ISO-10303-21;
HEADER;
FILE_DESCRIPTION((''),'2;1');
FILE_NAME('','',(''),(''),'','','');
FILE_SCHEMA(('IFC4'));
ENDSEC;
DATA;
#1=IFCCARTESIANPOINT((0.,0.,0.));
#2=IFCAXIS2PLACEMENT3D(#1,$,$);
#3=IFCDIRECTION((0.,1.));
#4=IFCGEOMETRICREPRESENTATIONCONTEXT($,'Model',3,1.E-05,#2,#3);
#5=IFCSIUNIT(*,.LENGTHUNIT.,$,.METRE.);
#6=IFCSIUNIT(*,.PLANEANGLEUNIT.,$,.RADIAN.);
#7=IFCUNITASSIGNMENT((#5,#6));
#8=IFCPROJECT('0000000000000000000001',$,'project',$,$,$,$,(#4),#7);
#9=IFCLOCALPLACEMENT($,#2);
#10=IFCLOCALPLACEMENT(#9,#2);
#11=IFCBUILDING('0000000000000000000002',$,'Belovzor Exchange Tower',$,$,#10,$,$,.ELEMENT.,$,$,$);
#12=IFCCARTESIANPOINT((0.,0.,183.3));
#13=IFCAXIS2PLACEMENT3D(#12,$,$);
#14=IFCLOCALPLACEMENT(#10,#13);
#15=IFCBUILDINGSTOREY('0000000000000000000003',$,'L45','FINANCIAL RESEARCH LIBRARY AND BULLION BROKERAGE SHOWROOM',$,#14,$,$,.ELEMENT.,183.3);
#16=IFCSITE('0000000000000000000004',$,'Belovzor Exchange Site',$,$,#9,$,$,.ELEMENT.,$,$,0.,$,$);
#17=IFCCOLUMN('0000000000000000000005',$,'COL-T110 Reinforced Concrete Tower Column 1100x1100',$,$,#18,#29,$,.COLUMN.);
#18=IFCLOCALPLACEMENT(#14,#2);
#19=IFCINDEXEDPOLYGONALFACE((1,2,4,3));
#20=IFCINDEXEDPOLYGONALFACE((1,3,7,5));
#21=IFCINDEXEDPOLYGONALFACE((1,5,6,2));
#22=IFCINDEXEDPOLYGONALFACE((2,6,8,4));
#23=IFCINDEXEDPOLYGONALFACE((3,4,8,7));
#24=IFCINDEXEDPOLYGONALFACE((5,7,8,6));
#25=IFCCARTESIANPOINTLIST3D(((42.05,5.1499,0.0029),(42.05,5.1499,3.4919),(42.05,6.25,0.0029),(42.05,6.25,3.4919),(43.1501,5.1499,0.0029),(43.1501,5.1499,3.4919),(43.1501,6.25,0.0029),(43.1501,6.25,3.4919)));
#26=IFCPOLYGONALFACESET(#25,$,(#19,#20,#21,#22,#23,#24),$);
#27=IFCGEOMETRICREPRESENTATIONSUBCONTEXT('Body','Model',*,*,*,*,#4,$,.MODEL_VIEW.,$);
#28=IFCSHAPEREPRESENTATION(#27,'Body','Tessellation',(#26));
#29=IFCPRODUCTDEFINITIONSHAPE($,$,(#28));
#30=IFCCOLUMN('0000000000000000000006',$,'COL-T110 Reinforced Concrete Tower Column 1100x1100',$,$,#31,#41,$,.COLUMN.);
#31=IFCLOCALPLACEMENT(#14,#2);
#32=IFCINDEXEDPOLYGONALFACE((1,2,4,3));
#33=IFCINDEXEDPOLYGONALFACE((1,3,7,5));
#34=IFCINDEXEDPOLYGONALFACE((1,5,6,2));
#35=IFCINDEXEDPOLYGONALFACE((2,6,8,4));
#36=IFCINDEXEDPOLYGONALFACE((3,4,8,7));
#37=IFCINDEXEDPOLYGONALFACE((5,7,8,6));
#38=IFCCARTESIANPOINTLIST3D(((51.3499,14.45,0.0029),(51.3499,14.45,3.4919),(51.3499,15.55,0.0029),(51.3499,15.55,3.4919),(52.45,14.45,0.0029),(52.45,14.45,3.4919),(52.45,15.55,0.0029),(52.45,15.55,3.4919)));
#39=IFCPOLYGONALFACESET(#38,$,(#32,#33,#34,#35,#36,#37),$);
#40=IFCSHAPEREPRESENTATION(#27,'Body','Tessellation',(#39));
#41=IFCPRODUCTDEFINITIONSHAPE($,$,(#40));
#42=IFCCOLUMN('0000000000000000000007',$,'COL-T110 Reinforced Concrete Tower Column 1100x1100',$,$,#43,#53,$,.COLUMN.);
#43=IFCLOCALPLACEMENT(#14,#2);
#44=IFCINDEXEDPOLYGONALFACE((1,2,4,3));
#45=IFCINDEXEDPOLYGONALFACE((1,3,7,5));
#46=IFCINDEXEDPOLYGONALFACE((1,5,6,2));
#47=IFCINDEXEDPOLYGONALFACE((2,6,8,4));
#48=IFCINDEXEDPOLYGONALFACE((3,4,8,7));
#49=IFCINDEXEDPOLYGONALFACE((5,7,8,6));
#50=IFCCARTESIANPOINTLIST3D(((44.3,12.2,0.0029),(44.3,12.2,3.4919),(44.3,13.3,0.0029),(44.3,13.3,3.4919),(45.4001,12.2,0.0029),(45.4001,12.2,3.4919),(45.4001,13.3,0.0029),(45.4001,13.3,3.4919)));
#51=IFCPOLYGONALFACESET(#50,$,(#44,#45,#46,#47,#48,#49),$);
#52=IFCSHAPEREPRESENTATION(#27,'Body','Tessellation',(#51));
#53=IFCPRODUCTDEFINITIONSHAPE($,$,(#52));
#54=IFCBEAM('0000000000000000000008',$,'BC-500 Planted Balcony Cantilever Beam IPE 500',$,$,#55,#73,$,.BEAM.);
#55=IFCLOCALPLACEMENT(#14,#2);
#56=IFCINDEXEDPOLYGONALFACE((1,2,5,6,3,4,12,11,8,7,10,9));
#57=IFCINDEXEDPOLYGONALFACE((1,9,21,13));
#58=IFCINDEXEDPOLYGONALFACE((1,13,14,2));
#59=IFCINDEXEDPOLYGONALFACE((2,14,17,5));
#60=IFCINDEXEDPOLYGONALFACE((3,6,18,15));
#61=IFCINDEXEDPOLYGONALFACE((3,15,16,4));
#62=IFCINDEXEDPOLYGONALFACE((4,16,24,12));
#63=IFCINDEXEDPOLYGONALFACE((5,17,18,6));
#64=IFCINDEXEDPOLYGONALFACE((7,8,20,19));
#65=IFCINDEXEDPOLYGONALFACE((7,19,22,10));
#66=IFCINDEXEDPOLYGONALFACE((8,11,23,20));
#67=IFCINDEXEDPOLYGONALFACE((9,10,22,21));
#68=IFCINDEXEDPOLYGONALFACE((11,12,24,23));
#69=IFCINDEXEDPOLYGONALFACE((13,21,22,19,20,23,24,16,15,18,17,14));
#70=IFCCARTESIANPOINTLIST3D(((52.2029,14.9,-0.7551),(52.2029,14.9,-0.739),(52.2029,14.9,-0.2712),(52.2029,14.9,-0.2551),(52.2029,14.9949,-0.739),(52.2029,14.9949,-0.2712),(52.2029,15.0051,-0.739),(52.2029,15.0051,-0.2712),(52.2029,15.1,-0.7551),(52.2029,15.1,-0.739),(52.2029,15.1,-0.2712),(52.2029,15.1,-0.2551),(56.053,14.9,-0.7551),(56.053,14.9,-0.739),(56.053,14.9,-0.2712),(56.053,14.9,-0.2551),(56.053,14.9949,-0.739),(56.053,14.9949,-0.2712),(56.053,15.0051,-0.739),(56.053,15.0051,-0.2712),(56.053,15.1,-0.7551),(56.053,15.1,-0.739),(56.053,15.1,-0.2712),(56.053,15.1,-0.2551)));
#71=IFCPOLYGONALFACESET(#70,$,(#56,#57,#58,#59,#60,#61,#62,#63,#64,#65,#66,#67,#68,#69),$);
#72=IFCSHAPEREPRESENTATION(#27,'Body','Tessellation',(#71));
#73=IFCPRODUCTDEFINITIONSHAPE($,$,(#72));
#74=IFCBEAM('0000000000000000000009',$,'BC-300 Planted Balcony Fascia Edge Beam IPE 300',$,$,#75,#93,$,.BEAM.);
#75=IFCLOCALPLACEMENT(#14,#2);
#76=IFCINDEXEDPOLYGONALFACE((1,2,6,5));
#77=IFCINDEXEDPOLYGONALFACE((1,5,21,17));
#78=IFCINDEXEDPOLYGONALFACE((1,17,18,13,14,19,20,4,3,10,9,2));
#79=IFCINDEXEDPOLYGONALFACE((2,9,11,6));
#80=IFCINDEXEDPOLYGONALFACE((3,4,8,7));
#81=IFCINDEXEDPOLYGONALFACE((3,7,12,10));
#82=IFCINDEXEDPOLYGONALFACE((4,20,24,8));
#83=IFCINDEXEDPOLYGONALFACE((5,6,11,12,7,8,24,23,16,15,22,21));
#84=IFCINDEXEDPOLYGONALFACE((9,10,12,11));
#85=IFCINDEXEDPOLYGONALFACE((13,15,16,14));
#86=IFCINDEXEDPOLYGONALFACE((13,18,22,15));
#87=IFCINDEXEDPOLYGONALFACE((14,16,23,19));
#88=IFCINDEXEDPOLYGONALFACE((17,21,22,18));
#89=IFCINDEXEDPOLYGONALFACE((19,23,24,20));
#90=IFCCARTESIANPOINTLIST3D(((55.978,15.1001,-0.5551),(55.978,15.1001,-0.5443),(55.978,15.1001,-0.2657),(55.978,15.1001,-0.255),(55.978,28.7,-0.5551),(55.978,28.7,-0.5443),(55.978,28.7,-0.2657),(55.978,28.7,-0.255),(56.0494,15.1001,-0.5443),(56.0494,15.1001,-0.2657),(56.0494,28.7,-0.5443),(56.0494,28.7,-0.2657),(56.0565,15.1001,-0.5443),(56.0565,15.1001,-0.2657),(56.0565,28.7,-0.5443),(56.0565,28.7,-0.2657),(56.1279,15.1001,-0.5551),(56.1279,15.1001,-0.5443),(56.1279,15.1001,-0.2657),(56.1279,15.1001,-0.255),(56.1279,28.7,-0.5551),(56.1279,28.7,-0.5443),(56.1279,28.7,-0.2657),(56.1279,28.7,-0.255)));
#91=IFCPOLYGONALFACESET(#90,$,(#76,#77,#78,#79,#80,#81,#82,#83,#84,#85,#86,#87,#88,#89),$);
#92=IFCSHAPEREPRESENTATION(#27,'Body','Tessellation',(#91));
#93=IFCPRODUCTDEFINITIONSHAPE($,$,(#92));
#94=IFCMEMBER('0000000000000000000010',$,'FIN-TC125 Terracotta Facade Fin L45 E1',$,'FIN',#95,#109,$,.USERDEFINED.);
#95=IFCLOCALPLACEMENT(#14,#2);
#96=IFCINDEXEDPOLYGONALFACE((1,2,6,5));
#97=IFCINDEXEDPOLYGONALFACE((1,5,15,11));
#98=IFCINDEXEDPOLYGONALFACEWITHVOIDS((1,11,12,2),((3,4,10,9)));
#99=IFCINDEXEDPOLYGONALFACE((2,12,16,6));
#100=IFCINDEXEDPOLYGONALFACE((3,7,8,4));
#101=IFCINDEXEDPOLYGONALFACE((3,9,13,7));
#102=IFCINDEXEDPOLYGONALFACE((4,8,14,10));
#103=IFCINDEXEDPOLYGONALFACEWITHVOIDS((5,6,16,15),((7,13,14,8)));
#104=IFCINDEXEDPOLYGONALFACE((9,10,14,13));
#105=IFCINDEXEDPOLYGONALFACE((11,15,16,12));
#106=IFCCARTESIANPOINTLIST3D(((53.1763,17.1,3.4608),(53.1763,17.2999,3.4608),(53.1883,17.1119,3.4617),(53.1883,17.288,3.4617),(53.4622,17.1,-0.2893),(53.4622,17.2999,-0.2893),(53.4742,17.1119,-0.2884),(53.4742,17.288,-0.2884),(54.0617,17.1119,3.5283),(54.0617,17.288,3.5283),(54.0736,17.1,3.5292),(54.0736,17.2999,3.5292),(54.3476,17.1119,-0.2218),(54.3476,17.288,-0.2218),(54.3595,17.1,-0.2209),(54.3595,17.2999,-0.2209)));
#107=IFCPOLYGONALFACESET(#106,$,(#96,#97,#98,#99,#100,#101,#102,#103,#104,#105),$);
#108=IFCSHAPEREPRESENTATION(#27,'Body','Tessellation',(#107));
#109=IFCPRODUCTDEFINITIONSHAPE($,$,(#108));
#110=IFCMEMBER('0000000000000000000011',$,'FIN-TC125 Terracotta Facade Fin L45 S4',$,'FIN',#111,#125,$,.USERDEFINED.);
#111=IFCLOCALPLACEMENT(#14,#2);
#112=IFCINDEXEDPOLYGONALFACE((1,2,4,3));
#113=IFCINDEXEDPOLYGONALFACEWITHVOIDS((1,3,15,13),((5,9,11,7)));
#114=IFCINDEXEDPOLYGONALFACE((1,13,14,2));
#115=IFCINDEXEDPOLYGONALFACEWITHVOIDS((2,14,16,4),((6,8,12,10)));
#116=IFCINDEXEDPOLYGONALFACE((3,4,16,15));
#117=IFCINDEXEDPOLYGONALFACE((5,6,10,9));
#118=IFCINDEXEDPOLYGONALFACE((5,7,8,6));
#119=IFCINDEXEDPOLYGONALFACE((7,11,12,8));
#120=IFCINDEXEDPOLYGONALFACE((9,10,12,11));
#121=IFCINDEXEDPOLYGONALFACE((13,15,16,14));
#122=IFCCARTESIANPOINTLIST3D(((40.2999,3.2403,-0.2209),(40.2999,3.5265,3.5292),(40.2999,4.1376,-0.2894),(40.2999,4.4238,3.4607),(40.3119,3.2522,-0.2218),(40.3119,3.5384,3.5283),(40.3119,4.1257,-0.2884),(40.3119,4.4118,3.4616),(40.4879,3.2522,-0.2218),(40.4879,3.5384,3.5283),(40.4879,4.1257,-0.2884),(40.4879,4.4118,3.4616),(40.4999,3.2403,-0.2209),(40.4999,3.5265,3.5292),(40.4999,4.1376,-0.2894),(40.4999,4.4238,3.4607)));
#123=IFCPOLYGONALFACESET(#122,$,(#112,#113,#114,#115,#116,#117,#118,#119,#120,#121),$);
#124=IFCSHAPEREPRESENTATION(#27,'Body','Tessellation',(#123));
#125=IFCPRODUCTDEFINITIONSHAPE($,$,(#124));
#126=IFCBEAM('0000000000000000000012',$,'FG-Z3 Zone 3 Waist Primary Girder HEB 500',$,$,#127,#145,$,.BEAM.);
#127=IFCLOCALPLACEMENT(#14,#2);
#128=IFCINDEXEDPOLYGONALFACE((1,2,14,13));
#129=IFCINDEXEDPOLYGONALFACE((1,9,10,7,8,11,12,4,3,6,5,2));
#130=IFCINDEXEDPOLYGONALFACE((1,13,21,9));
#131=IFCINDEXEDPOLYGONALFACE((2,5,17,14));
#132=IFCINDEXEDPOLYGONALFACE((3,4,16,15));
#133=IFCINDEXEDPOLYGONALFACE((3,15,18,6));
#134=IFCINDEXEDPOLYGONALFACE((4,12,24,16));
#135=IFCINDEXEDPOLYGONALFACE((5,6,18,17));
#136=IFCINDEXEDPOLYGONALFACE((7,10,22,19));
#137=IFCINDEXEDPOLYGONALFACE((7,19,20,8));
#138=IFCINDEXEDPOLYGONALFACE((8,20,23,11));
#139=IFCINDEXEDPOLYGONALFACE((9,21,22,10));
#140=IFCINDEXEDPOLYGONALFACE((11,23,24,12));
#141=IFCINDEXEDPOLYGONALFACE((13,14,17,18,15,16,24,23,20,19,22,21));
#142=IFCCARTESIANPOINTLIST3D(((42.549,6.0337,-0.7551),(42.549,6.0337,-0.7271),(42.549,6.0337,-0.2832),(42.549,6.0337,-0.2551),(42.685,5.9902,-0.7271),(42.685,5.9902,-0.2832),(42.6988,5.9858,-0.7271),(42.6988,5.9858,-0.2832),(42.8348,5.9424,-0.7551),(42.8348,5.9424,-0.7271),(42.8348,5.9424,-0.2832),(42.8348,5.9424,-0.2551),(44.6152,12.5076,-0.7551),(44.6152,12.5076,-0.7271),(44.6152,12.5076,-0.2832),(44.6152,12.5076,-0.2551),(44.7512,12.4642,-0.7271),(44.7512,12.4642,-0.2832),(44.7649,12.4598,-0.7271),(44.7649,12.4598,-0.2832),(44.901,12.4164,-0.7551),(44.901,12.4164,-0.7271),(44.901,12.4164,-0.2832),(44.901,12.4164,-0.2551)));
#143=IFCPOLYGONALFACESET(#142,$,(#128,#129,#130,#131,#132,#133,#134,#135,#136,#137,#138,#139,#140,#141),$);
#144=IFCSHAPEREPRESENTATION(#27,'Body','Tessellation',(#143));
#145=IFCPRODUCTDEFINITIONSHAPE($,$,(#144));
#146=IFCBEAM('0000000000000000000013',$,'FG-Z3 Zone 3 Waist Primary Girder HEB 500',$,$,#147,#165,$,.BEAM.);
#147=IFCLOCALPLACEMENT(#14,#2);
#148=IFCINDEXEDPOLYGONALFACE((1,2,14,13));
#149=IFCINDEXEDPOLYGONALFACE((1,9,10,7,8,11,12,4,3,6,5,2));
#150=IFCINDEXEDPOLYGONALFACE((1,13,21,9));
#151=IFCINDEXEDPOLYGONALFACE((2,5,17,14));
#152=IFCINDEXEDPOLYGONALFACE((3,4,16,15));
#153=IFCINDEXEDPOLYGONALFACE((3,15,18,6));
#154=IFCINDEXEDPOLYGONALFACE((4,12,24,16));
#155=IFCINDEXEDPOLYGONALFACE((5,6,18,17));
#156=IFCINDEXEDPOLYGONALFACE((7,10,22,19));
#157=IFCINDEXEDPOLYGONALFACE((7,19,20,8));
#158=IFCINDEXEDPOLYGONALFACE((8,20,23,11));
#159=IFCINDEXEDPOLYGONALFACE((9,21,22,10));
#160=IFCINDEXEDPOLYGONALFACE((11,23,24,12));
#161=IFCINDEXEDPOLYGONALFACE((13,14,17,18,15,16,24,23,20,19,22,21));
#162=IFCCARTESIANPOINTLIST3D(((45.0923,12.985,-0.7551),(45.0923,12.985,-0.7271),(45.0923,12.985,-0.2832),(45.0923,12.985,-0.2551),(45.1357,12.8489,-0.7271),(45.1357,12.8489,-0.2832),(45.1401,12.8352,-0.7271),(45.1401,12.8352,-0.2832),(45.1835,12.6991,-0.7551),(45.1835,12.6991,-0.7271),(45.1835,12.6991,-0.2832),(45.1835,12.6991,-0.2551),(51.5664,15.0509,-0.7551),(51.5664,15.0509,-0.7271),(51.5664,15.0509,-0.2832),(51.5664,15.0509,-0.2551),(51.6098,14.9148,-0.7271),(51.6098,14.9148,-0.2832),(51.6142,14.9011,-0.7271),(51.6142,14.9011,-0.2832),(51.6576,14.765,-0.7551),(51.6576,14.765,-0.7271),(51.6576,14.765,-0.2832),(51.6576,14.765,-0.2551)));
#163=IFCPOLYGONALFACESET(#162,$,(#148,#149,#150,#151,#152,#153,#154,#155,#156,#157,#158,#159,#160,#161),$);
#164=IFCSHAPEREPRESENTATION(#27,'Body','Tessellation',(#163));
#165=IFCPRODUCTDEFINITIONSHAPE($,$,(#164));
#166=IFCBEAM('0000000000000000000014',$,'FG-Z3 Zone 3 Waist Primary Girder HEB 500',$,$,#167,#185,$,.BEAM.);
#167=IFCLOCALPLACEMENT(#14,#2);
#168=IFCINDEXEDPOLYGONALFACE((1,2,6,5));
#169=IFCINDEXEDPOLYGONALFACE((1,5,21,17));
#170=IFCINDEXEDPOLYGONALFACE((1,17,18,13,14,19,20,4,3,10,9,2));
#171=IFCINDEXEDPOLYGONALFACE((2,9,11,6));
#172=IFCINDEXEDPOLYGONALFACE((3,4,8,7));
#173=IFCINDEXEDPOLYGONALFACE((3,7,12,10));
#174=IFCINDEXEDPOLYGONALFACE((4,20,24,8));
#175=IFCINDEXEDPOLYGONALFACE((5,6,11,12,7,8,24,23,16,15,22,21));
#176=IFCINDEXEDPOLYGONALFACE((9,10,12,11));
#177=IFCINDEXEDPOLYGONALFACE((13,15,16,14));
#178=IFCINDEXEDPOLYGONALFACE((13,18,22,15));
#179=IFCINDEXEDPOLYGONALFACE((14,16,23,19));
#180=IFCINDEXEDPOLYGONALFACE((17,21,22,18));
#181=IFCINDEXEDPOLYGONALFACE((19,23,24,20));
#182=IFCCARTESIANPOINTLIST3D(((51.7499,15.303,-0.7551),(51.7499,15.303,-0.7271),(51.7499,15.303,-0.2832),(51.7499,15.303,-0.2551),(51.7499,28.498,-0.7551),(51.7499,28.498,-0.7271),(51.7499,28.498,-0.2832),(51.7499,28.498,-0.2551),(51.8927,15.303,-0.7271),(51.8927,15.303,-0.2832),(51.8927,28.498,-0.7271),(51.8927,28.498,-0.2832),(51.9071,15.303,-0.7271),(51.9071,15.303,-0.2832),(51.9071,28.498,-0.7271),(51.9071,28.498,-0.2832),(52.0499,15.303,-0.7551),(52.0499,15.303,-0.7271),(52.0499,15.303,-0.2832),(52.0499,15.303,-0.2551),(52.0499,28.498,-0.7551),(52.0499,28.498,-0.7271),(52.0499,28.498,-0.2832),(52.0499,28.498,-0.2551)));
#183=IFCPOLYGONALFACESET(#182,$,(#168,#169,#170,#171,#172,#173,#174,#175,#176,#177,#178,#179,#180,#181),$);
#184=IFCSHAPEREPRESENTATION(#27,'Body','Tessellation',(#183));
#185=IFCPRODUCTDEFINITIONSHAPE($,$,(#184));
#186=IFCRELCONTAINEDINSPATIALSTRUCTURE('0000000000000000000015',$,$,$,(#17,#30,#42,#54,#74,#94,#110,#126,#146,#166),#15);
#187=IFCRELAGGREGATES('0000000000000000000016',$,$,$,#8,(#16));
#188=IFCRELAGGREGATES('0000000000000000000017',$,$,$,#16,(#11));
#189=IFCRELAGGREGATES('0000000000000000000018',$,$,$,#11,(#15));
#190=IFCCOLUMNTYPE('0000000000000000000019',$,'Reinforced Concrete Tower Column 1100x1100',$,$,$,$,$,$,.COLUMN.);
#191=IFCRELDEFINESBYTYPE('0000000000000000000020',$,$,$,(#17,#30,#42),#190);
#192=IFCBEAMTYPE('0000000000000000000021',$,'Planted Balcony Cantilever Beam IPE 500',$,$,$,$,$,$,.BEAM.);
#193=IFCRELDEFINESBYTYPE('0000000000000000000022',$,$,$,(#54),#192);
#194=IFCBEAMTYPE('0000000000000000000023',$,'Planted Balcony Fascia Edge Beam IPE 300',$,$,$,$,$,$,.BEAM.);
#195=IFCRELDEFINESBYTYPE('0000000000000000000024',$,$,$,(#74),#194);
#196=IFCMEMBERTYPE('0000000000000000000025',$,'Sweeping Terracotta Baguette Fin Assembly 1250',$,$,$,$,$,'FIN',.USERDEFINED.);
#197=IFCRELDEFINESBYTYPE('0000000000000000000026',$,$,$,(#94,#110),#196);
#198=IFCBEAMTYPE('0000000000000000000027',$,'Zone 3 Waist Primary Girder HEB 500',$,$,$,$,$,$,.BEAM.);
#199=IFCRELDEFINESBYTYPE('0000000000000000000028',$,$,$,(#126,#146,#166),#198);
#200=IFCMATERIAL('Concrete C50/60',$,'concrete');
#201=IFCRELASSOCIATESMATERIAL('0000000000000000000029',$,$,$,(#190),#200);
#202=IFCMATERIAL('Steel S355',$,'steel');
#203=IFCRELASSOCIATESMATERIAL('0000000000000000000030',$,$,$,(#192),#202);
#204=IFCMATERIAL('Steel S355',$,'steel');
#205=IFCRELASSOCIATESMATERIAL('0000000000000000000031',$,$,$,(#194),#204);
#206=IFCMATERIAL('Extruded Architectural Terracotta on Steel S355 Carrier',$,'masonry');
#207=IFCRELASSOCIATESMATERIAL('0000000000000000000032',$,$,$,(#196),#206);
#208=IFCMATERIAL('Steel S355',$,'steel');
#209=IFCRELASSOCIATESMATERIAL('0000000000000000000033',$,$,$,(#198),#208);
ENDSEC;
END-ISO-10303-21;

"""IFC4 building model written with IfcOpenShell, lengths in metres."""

from ifc_helpers import new_model, si_unit, direction, frame, origin, origin_2d, place, context, subcontext, project, spatial, rectangle, hollow_rectangle, i_section, extrude, material, material_profile, profile_set, type_object, element, save


model = new_model("IFC4")

# Units and contexts
model_context = context("Model", 3, precision=1e-05, world=origin(), true_north=direction((0.0, 1.0)))
body_context = subcontext(model_context, "Body", "Model", "MODEL_VIEW")
ifc_project = project(units=[si_unit("LENGTHUNIT", "METRE"), si_unit("PLANEANGLEUNIT", "RADIAN")], contexts=[model_context])

# Site, building, storey
site_placement = place(None, origin())
site = spatial("IfcSite", under=ifc_project, at=site_placement, Name="Belovzor Exchange Site", CompositionType="ELEMENT", RefElevation=0.0)
building_placement = place(site_placement, origin())
building = spatial("IfcBuilding", under=site, at=building_placement, Name="Belovzor Exchange Tower", CompositionType="ELEMENT")
storey_placement = place(building_placement, frame((0.0, 0.0, 183.3)))
storey = spatial("IfcBuildingStorey", under=building, at=storey_placement, Name="L45", Description="FINANCIAL RESEARCH LIBRARY AND BULLION BROKERAGE SHOWROOM", CompositionType="ELEMENT", Elevation=183.3)

# Columns
ifc_material_1 = material(Name="Concrete C50/60", Category="concrete")
ifc_material_profile_1 = material_profile(ifc_material_1, rectangle(XDim=1.1001, YDim=1.1001, at=origin_2d()))
ifc_profile_set_1 = profile_set([ifc_material_profile_1], Name="Concrete C50/60")
column_type = type_object("IfcColumnType", Name="Reinforced Concrete Tower Column 1100x1100", PredefinedType="COLUMN", material=ifc_profile_set_1)
for number, where, z_axis, x_axis, name in (
    (1, (42.6001, 5.7, 0.0029), (0.0, 0.0, 1.0), (1.0, 0.0, 0.0), "COL-T110 Reinforced Concrete Tower Column 1100x1100"),
    (2, (51.8999, 15.0, 0.0029), (0.0, 0.0, 1.0), (1.0, 0.0, 0.0), "COL-T110 Reinforced Concrete Tower Column 1100x1100"),
    (3, (44.8501, 12.75, 0.0029), (0.0, 0.0, 1.0), (1.0, 0.0, 0.0), "COL-T110 Reinforced Concrete Tower Column 1100x1100"),
):
    element("IfcColumn", number, at=place(storey_placement, frame(where, z_axis=z_axis, x_axis=x_axis)), inside=storey, type_object=column_type, Name=name, PredefinedType="COLUMN", context=body_context, shape_type="SweptSolid", body=[
        extrude(rectangle(XDim=1.1001, YDim=1.1001, at=origin_2d()), origin(), (0.0, 0.0, 1.0), 3.489),
    ])

# Beams
ifc_material_2 = material(Name="Steel S355", Category="steel")
ifc_material_profile_2 = material_profile(ifc_material_2, i_section(OverallWidth=0.2, OverallDepth=0.5, WebThickness=0.0103, FlangeThickness=0.0161, at=origin_2d()))
ifc_profile_set_2 = profile_set([ifc_material_profile_2], Name="Steel S355")
beam_type_1 = type_object("IfcBeamType", Name="Planted Balcony Cantilever Beam IPE 500", PredefinedType="BEAM", material=ifc_profile_set_2)
beam_1_placement = place(storey_placement, frame((52.2029, 15.0, -0.5051), z_axis=(1.0, 0.0, 0.0), x_axis=(0.0, 1.0, 0.0)))
element("IfcBeam", 4, at=beam_1_placement, inside=storey, type_object=beam_type_1, Name="BC-500 Planted Balcony Cantilever Beam IPE 500", PredefinedType="BEAM", context=body_context, shape_type="SweptSolid", body=[
    extrude(i_section(OverallWidth=0.2, OverallDepth=0.5, WebThickness=0.0103, FlangeThickness=0.0161, at=origin_2d()), origin(), (0.0, 0.0, 1.0), 3.8501),
])
ifc_material_3 = material(Name="Steel S355", Category="steel")
ifc_material_profile_3 = material_profile(ifc_material_3, i_section(OverallWidth=0.1499, OverallDepth=0.3, WebThickness=0.0071, FlangeThickness=0.0107, at=origin_2d()))
ifc_profile_set_3 = profile_set([ifc_material_profile_3], Name="Steel S355")
beam_type_2 = type_object("IfcBeamType", Name="Planted Balcony Fascia Edge Beam IPE 300", PredefinedType="BEAM", material=ifc_profile_set_3)
beam_2_placement = place(storey_placement, frame((56.053, 15.1001, -0.405), z_axis=(0.0, 1.0, 0.0), x_axis=(-1.0, 0.0, 0.0)))
element("IfcBeam", 5, at=beam_2_placement, inside=storey, type_object=beam_type_2, Name="BC-300 Planted Balcony Fascia Edge Beam IPE 300", PredefinedType="BEAM", context=body_context, shape_type="SweptSolid", body=[
    extrude(i_section(OverallWidth=0.1499, OverallDepth=0.3, WebThickness=0.0071, FlangeThickness=0.0107, at=origin_2d()), origin(), (0.0, 0.0, 1.0), 13.5999),
])

# Members
ifc_material_4 = material(Name="Extruded Architectural Terracotta on Steel S355 Carrier", Category="masonry")
ifc_material_profile_4 = material_profile(ifc_material_4, hollow_rectangle(XDim=0.2, YDim=0.8999, WallThickness=0.012, at=origin_2d()))
ifc_profile_set_4 = profile_set([ifc_material_profile_4], Name="Extruded Architectural Terracotta on Steel S355 Carrier")
member_type = type_object("IfcMemberType", Name="Sweeping Terracotta Baguette Fin Assembly 1250", ElementType="FIN", PredefinedType="USERDEFINED", material=ifc_profile_set_4)
for number, where, z_axis, x_axis, name in (
    (6, (53.9109, 17.2, -0.2551), (-0.076016, 0.0, 0.997107), (0.0, -1.0, 0.0), "FIN-TC125 Terracotta Facade Fin L45 E1"),
    (7, (40.3999, 3.689, -0.2551), (0.0, 0.076081, 0.997102), (-1.0, 0.0, 0.0), "FIN-TC125 Terracotta Facade Fin L45 S4"),
):
    element("IfcMember", number, at=place(storey_placement, frame(where, z_axis=z_axis, x_axis=x_axis)), inside=storey, type_object=member_type, Name=name, ObjectType="FIN", PredefinedType="USERDEFINED", context=body_context, shape_type="SweptSolid", body=[
        extrude(hollow_rectangle(XDim=0.2, YDim=0.8999, WallThickness=0.012, at=origin_2d()), origin(), (0.0, 0.0, 1.0), 3.761),
    ])

# Beams
ifc_material_5 = material(Name="Steel S355", Category="steel")
ifc_material_profile_5 = material_profile(ifc_material_5, i_section(OverallWidth=0.3, OverallDepth=0.5, WebThickness=0.0144, FlangeThickness=0.0281, at=origin_2d()))
ifc_profile_set_5 = profile_set([ifc_material_profile_5], Name="Steel S355")
beam_type_3 = type_object("IfcBeamType", Name="Zone 3 Waist Primary Girder HEB 500", PredefinedType="BEAM", material=ifc_profile_set_5)
for number, where, z_axis, x_axis, name in (
    (8, (42.6919, 5.988, -0.5051), (0.304044, 0.952658, 0.0), (-0.952658, 0.304044, 0.0), "FG-Z3 Zone 3 Waist Primary Girder HEB 500"),
    (9, (45.1379, 12.842, -0.5051), (0.952672, 0.304001, 0.0), (-0.304001, 0.952672, 0.0), "FG-Z3 Zone 3 Waist Primary Girder HEB 500"),
):
    element("IfcBeam", number, at=place(storey_placement, frame(where, z_axis=z_axis, x_axis=x_axis)), inside=storey, type_object=beam_type_3, Name=name, PredefinedType="BEAM", context=body_context, shape_type="SweptSolid", body=[
        extrude(i_section(OverallWidth=0.3, OverallDepth=0.5, WebThickness=0.0144, FlangeThickness=0.0281, at=origin_2d()), origin(), (0.0, 0.0, 1.0), 6.7957),
    ])
beam_3_placement = place(storey_placement, frame((51.8999, 15.303, -0.5051), z_axis=(0.0, 1.0, 0.0), x_axis=(-1.0, 0.0, 0.0)))
element("IfcBeam", 10, at=beam_3_placement, inside=storey, type_object=beam_type_3, Name="FG-Z3 Zone 3 Waist Primary Girder HEB 500", PredefinedType="BEAM", context=body_context, shape_type="SweptSolid", body=[
    extrude(i_section(OverallWidth=0.3, OverallDepth=0.5, WebThickness=0.0144, FlangeThickness=0.0281, at=origin_2d()), origin(), (0.0, 0.0, 1.0), 13.1951),
])

save(model, "model.ifc")
